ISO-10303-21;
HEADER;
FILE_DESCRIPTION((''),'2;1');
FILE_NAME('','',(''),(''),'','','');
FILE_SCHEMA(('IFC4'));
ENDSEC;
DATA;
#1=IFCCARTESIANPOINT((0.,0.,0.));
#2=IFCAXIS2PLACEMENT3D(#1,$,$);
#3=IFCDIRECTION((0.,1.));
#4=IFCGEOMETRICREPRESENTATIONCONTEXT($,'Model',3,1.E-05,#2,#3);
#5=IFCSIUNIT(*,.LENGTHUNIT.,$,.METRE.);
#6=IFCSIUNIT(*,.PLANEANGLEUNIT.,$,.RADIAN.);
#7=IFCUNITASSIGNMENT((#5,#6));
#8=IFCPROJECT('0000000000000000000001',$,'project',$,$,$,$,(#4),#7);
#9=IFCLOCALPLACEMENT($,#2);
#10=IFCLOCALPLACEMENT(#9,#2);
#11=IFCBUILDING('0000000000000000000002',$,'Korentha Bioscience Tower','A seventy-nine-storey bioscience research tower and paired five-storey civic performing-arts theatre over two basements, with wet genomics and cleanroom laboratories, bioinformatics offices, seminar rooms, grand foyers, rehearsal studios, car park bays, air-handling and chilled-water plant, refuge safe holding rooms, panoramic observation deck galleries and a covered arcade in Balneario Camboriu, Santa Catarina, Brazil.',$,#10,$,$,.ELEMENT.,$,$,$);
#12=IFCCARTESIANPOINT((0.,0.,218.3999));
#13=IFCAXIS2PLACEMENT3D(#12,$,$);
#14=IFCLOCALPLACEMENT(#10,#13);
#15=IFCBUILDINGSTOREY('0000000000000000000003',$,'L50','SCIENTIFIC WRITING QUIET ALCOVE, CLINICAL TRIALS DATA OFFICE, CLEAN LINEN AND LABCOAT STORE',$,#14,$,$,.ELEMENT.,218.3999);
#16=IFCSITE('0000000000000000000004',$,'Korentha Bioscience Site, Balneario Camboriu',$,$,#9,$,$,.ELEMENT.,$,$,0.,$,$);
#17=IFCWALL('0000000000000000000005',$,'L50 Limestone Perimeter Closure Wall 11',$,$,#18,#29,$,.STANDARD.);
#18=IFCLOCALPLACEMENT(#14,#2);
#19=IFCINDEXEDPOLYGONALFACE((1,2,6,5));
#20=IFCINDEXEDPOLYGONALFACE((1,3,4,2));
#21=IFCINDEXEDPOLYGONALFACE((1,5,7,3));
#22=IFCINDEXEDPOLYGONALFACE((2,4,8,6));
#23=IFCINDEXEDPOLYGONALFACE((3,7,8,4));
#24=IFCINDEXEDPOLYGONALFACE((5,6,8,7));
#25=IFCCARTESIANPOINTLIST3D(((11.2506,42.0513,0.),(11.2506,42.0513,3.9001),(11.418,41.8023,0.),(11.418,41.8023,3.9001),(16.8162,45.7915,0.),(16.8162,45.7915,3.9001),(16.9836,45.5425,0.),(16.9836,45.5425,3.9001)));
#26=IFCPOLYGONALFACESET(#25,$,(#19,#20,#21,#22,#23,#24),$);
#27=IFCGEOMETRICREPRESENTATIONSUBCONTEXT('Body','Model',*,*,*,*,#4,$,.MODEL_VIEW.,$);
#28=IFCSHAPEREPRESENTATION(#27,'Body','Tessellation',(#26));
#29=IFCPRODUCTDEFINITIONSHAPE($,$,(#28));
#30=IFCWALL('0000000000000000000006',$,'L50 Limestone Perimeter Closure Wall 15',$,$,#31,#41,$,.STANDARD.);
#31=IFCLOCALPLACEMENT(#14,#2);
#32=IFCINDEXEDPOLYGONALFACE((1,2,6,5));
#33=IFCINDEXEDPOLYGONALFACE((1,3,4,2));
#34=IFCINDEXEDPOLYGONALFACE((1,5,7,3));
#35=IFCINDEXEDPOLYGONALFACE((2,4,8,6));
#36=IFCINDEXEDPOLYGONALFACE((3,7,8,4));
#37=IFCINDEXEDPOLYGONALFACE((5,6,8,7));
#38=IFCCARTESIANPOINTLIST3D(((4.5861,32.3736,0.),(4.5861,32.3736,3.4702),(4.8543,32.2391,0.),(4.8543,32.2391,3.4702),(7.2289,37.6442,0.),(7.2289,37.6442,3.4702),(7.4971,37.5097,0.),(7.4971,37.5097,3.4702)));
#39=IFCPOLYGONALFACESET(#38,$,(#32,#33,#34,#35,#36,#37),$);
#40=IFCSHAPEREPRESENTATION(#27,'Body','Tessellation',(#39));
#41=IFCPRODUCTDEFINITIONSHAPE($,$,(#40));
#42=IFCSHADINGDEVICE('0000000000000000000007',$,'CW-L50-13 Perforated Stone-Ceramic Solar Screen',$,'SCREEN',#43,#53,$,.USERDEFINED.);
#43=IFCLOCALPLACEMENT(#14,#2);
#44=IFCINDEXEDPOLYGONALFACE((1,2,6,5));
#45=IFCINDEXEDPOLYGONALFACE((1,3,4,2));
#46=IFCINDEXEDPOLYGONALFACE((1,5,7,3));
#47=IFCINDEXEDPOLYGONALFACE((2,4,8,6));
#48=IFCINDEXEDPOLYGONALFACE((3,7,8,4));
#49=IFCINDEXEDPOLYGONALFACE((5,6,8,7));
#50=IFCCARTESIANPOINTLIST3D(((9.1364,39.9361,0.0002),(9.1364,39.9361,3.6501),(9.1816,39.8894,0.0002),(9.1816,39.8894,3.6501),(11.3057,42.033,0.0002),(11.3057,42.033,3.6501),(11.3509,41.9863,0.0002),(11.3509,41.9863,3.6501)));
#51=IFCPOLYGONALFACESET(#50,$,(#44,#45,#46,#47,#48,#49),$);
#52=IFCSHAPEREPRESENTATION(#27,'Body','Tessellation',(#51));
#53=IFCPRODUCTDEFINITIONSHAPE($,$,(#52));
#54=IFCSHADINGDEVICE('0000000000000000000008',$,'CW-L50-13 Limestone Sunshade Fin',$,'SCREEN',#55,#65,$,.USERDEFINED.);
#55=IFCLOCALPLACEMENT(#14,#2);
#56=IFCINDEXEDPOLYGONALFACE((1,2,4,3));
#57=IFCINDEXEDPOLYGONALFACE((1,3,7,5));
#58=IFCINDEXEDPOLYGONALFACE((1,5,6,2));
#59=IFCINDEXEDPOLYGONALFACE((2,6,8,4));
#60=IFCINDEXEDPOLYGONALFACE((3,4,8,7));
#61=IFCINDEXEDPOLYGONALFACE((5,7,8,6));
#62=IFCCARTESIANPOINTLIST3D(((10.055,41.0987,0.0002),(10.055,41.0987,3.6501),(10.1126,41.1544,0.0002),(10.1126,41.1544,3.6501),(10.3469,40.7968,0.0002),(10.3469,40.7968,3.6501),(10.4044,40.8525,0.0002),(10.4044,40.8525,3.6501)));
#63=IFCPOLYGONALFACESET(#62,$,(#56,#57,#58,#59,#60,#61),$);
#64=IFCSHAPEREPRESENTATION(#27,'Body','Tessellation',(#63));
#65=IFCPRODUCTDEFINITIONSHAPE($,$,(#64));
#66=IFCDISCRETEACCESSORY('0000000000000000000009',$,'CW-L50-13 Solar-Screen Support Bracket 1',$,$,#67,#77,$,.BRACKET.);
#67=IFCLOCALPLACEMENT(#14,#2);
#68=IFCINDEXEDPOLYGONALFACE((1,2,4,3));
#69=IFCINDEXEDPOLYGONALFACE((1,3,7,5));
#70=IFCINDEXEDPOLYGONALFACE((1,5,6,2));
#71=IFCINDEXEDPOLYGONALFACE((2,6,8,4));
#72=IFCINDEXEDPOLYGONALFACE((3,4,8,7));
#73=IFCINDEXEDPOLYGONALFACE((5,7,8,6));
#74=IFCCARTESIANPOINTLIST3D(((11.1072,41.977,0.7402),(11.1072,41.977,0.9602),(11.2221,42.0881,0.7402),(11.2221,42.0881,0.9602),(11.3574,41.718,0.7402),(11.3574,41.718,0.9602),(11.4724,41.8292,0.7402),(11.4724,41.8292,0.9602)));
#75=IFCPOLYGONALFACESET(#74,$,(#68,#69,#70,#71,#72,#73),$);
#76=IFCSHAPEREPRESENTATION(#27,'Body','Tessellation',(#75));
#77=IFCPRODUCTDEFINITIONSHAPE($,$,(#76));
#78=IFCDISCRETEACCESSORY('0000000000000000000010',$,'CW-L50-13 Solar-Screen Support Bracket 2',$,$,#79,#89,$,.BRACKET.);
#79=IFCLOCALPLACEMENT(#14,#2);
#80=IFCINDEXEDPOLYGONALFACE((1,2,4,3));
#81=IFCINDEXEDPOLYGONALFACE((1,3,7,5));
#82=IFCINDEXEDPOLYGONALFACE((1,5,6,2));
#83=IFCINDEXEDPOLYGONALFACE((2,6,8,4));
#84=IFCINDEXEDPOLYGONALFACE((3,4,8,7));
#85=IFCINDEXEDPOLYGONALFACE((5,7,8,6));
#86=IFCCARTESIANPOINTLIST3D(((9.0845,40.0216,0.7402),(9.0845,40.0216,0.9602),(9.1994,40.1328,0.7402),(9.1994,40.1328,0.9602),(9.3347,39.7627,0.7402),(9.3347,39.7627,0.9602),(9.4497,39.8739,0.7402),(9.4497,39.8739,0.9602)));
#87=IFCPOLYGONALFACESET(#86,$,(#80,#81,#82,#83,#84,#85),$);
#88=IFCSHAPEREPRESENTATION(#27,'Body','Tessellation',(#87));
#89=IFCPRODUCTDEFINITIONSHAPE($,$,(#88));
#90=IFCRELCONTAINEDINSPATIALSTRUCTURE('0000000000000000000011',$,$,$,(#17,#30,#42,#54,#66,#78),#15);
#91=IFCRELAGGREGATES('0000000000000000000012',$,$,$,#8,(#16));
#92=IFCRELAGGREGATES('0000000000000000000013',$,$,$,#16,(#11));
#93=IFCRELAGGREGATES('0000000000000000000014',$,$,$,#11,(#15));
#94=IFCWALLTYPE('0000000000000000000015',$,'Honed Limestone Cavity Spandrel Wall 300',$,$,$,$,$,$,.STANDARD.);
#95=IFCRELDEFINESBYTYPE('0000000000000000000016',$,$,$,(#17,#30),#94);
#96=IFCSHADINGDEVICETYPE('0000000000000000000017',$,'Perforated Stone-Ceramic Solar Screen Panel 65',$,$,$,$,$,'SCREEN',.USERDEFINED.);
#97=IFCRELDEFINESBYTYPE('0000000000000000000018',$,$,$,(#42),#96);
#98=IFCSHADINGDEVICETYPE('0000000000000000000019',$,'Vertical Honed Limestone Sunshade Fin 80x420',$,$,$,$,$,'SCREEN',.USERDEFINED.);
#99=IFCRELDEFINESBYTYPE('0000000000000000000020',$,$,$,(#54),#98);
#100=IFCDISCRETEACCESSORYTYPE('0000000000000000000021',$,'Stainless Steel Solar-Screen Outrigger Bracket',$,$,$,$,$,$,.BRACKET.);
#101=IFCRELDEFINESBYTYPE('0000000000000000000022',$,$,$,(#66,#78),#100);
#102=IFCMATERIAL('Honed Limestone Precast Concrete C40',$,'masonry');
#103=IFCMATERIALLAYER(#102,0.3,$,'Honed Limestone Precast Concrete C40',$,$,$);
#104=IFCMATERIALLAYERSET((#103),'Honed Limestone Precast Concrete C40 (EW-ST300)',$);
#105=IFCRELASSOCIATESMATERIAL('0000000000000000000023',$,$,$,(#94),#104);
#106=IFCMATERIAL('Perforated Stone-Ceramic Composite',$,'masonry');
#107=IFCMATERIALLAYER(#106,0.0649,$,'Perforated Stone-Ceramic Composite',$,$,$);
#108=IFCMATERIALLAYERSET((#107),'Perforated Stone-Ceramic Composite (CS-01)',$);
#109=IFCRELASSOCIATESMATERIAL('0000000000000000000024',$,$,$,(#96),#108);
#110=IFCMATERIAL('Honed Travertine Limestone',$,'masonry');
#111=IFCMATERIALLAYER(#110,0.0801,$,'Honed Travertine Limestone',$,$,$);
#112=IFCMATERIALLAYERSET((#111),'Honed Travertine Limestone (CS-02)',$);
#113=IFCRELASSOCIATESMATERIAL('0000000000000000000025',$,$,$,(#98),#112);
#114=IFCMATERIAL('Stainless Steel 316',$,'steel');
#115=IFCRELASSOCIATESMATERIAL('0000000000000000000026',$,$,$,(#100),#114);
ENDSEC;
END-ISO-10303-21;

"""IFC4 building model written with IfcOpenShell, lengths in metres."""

from ifc_helpers import new_model, si_unit, direction, frame, frame_2d, origin, origin_2d, place, context, subcontext, project, spatial, rectangle, extrude, material, layer, layer_set, type_object, element, save


model = new_model("IFC4")

# Units and contexts
model_context = context("Model", 3, precision=1e-05, world=origin(), true_north=direction((0.0, 1.0)))
body_context = subcontext(model_context, "Body", "Model", "MODEL_VIEW")
ifc_project = project(units=[si_unit("LENGTHUNIT", "METRE"), si_unit("PLANEANGLEUNIT", "RADIAN")], contexts=[model_context])

# Site, building, storey
site_placement = place(None, origin())
site = spatial("IfcSite", under=ifc_project, at=site_placement, Name="Korentha Bioscience Site, Balneario Camboriu", CompositionType="ELEMENT", RefElevation=0.0)
building_placement = place(site_placement, origin())
building = spatial("IfcBuilding", under=site, at=building_placement, Name="Korentha Bioscience Tower", Description="A seventy-nine-storey bioscience research tower and paired five-storey civic performing-arts theatre over two basements, with wet genomics and cleanroom laboratories, bioinformatics offices, seminar rooms, grand foyers, rehearsal studios, car park bays, air-handling and chilled-water plant, refuge safe holding rooms, panoramic observation deck galleries and a covered arcade in Balneario Camboriu, Santa Catarina, Brazil.", CompositionType="ELEMENT")
storey_placement = place(building_placement, frame((0.0, 0.0, 218.3999)))
storey = spatial("IfcBuildingStorey", under=building, at=storey_placement, Name="L50", Description="SCIENTIFIC WRITING QUIET ALCOVE, CLINICAL TRIALS DATA OFFICE, CLEAN LINEN AND LABCOAT STORE", CompositionType="ELEMENT", Elevation=218.3999)

# Shared definitions
ifc_material_1 = material(Name="Honed Limestone Precast Concrete C40", Category="masonry")
ifc_layer_1 = layer(ifc_material_1, 0.3, Name="Honed Limestone Precast Concrete C40")
ifc_layer_set_1 = layer_set([ifc_layer_1], Name="Honed Limestone Precast Concrete C40 (EW-ST300)")
wall_type_1 = type_object("IfcWallType", Name="Honed Limestone Cavity Spandrel Wall 300", PredefinedType="STANDARD", material=ifc_layer_set_1)

# Walls
wall_1_placement = place(storey_placement, frame((16.8999, 45.667, 0.0), z_axis=(0.0, 0.0, 1.0), x_axis=(-0.829995, -0.557771, 0.0)))
element("IfcWall", 1, at=wall_1_placement, inside=storey, type_object=wall_type_1, Name="L50 Limestone Perimeter Closure Wall 11", PredefinedType="STANDARD", context=body_context, shape_type="SweptSolid", body=[
    extrude(rectangle(XDim=6.7056, YDim=0.3, at=frame_2d((3.3528, 0.0))), origin(), (0.0, 0.0, 1.0), 3.9001),
])
wall_2_placement = place(storey_placement, frame((7.363, 37.5769, 0.0), z_axis=(0.0, 0.0, 1.0), x_axis=(-0.44824, -0.893913, 0.0)))
element("IfcWall", 2, at=wall_2_placement, inside=storey, type_object=wall_type_1, Name="L50 Limestone Perimeter Closure Wall 15", PredefinedType="STANDARD", context=body_context, shape_type="SweptSolid", body=[
    extrude(rectangle(XDim=5.896, YDim=0.3, at=frame_2d((2.948, 0.0))), origin(), (0.0, 0.0, 1.0), 3.4702),
])

# Shading devices
ifc_material_2 = material(Name="Perforated Stone-Ceramic Composite", Category="masonry")
ifc_layer_2 = layer(ifc_material_2, 0.0649, Name="Perforated Stone-Ceramic Composite")
ifc_layer_set_2 = layer_set([ifc_layer_2], Name="Perforated Stone-Ceramic Composite (CS-01)")
shading_device_type_1 = type_object("IfcShadingDeviceType", Name="Perforated Stone-Ceramic Solar Screen Panel 65", ElementType="SCREEN", PredefinedType="USERDEFINED", material=ifc_layer_set_2)
shading_device_1_placement = place(storey_placement, frame((10.2437, 40.9612, 0.0002), z_axis=(0.0, 0.0, 1.0), x_axis=(-0.719, -0.69501, 0.0)))
element("IfcShadingDevice", 3, at=shading_device_1_placement, inside=storey, type_object=shading_device_type_1, Name="CW-L50-13 Perforated Stone-Ceramic Solar Screen", ObjectType="SCREEN", PredefinedType="USERDEFINED", context=body_context, shape_type="SweptSolid", body=[
    extrude(rectangle(XDim=3.0171, YDim=0.0649, at=origin_2d()), origin(), (0.0, 0.0, 1.0), 3.6499),
])
ifc_material_3 = material(Name="Honed Travertine Limestone", Category="masonry")
ifc_layer_3 = layer(ifc_material_3, 0.0801, Name="Honed Travertine Limestone")
ifc_layer_set_3 = layer_set([ifc_layer_3], Name="Honed Travertine Limestone (CS-02)")
shading_device_type_2 = type_object("IfcShadingDeviceType", Name="Vertical Honed Limestone Sunshade Fin 80x420", ElementType="SCREEN", PredefinedType="USERDEFINED", material=ifc_layer_set_3)
shading_device_2_placement = place(storey_placement, frame((10.2297, 40.9756, 0.0002), z_axis=(0.0, 0.0, 1.0), x_axis=(-0.719, -0.69501, 0.0)))
element("IfcShadingDevice", 4, at=shading_device_2_placement, inside=storey, type_object=shading_device_type_2, Name="CW-L50-13 Limestone Sunshade Fin", ObjectType="SCREEN", PredefinedType="USERDEFINED", context=body_context, shape_type="SweptSolid", body=[
    extrude(rectangle(XDim=0.0801, YDim=0.4199, at=origin_2d()), origin(), (0.0, 0.0, 1.0), 3.6499),
])

# Discrete accessories
ifc_material_4 = material(Name="Stainless Steel 316", Category="steel")
discrete_accessory_type = type_object("IfcDiscreteAccessoryType", Name="Stainless Steel Solar-Screen Outrigger Bracket", PredefinedType="BRACKET", material=ifc_material_4)
for number, where, z_axis, x_axis, name in (
    (5, (11.2898, 41.9031, 0.7402), (0.0, 0.0, 1.0), (-0.719, -0.69501, 0.0), "CW-L50-13 Solar-Screen Support Bracket 1"),
    (6, (9.2671, 39.9478, 0.7402), (0.0, 0.0, 1.0), (-0.719, -0.69501, 0.0), "CW-L50-13 Solar-Screen Support Bracket 2"),
):
    element("IfcDiscreteAccessory", number, at=place(storey_placement, frame(where, z_axis=z_axis, x_axis=x_axis)), inside=storey, type_object=discrete_accessory_type, Name=name, PredefinedType="BRACKET", context=body_context, shape_type="SweptSolid", body=[
        extrude(rectangle(XDim=0.1599, YDim=0.3601, at=origin_2d()), origin(), (0.0, 0.0, 1.0), 0.22),
    ])

save(model, "model.ifc")
